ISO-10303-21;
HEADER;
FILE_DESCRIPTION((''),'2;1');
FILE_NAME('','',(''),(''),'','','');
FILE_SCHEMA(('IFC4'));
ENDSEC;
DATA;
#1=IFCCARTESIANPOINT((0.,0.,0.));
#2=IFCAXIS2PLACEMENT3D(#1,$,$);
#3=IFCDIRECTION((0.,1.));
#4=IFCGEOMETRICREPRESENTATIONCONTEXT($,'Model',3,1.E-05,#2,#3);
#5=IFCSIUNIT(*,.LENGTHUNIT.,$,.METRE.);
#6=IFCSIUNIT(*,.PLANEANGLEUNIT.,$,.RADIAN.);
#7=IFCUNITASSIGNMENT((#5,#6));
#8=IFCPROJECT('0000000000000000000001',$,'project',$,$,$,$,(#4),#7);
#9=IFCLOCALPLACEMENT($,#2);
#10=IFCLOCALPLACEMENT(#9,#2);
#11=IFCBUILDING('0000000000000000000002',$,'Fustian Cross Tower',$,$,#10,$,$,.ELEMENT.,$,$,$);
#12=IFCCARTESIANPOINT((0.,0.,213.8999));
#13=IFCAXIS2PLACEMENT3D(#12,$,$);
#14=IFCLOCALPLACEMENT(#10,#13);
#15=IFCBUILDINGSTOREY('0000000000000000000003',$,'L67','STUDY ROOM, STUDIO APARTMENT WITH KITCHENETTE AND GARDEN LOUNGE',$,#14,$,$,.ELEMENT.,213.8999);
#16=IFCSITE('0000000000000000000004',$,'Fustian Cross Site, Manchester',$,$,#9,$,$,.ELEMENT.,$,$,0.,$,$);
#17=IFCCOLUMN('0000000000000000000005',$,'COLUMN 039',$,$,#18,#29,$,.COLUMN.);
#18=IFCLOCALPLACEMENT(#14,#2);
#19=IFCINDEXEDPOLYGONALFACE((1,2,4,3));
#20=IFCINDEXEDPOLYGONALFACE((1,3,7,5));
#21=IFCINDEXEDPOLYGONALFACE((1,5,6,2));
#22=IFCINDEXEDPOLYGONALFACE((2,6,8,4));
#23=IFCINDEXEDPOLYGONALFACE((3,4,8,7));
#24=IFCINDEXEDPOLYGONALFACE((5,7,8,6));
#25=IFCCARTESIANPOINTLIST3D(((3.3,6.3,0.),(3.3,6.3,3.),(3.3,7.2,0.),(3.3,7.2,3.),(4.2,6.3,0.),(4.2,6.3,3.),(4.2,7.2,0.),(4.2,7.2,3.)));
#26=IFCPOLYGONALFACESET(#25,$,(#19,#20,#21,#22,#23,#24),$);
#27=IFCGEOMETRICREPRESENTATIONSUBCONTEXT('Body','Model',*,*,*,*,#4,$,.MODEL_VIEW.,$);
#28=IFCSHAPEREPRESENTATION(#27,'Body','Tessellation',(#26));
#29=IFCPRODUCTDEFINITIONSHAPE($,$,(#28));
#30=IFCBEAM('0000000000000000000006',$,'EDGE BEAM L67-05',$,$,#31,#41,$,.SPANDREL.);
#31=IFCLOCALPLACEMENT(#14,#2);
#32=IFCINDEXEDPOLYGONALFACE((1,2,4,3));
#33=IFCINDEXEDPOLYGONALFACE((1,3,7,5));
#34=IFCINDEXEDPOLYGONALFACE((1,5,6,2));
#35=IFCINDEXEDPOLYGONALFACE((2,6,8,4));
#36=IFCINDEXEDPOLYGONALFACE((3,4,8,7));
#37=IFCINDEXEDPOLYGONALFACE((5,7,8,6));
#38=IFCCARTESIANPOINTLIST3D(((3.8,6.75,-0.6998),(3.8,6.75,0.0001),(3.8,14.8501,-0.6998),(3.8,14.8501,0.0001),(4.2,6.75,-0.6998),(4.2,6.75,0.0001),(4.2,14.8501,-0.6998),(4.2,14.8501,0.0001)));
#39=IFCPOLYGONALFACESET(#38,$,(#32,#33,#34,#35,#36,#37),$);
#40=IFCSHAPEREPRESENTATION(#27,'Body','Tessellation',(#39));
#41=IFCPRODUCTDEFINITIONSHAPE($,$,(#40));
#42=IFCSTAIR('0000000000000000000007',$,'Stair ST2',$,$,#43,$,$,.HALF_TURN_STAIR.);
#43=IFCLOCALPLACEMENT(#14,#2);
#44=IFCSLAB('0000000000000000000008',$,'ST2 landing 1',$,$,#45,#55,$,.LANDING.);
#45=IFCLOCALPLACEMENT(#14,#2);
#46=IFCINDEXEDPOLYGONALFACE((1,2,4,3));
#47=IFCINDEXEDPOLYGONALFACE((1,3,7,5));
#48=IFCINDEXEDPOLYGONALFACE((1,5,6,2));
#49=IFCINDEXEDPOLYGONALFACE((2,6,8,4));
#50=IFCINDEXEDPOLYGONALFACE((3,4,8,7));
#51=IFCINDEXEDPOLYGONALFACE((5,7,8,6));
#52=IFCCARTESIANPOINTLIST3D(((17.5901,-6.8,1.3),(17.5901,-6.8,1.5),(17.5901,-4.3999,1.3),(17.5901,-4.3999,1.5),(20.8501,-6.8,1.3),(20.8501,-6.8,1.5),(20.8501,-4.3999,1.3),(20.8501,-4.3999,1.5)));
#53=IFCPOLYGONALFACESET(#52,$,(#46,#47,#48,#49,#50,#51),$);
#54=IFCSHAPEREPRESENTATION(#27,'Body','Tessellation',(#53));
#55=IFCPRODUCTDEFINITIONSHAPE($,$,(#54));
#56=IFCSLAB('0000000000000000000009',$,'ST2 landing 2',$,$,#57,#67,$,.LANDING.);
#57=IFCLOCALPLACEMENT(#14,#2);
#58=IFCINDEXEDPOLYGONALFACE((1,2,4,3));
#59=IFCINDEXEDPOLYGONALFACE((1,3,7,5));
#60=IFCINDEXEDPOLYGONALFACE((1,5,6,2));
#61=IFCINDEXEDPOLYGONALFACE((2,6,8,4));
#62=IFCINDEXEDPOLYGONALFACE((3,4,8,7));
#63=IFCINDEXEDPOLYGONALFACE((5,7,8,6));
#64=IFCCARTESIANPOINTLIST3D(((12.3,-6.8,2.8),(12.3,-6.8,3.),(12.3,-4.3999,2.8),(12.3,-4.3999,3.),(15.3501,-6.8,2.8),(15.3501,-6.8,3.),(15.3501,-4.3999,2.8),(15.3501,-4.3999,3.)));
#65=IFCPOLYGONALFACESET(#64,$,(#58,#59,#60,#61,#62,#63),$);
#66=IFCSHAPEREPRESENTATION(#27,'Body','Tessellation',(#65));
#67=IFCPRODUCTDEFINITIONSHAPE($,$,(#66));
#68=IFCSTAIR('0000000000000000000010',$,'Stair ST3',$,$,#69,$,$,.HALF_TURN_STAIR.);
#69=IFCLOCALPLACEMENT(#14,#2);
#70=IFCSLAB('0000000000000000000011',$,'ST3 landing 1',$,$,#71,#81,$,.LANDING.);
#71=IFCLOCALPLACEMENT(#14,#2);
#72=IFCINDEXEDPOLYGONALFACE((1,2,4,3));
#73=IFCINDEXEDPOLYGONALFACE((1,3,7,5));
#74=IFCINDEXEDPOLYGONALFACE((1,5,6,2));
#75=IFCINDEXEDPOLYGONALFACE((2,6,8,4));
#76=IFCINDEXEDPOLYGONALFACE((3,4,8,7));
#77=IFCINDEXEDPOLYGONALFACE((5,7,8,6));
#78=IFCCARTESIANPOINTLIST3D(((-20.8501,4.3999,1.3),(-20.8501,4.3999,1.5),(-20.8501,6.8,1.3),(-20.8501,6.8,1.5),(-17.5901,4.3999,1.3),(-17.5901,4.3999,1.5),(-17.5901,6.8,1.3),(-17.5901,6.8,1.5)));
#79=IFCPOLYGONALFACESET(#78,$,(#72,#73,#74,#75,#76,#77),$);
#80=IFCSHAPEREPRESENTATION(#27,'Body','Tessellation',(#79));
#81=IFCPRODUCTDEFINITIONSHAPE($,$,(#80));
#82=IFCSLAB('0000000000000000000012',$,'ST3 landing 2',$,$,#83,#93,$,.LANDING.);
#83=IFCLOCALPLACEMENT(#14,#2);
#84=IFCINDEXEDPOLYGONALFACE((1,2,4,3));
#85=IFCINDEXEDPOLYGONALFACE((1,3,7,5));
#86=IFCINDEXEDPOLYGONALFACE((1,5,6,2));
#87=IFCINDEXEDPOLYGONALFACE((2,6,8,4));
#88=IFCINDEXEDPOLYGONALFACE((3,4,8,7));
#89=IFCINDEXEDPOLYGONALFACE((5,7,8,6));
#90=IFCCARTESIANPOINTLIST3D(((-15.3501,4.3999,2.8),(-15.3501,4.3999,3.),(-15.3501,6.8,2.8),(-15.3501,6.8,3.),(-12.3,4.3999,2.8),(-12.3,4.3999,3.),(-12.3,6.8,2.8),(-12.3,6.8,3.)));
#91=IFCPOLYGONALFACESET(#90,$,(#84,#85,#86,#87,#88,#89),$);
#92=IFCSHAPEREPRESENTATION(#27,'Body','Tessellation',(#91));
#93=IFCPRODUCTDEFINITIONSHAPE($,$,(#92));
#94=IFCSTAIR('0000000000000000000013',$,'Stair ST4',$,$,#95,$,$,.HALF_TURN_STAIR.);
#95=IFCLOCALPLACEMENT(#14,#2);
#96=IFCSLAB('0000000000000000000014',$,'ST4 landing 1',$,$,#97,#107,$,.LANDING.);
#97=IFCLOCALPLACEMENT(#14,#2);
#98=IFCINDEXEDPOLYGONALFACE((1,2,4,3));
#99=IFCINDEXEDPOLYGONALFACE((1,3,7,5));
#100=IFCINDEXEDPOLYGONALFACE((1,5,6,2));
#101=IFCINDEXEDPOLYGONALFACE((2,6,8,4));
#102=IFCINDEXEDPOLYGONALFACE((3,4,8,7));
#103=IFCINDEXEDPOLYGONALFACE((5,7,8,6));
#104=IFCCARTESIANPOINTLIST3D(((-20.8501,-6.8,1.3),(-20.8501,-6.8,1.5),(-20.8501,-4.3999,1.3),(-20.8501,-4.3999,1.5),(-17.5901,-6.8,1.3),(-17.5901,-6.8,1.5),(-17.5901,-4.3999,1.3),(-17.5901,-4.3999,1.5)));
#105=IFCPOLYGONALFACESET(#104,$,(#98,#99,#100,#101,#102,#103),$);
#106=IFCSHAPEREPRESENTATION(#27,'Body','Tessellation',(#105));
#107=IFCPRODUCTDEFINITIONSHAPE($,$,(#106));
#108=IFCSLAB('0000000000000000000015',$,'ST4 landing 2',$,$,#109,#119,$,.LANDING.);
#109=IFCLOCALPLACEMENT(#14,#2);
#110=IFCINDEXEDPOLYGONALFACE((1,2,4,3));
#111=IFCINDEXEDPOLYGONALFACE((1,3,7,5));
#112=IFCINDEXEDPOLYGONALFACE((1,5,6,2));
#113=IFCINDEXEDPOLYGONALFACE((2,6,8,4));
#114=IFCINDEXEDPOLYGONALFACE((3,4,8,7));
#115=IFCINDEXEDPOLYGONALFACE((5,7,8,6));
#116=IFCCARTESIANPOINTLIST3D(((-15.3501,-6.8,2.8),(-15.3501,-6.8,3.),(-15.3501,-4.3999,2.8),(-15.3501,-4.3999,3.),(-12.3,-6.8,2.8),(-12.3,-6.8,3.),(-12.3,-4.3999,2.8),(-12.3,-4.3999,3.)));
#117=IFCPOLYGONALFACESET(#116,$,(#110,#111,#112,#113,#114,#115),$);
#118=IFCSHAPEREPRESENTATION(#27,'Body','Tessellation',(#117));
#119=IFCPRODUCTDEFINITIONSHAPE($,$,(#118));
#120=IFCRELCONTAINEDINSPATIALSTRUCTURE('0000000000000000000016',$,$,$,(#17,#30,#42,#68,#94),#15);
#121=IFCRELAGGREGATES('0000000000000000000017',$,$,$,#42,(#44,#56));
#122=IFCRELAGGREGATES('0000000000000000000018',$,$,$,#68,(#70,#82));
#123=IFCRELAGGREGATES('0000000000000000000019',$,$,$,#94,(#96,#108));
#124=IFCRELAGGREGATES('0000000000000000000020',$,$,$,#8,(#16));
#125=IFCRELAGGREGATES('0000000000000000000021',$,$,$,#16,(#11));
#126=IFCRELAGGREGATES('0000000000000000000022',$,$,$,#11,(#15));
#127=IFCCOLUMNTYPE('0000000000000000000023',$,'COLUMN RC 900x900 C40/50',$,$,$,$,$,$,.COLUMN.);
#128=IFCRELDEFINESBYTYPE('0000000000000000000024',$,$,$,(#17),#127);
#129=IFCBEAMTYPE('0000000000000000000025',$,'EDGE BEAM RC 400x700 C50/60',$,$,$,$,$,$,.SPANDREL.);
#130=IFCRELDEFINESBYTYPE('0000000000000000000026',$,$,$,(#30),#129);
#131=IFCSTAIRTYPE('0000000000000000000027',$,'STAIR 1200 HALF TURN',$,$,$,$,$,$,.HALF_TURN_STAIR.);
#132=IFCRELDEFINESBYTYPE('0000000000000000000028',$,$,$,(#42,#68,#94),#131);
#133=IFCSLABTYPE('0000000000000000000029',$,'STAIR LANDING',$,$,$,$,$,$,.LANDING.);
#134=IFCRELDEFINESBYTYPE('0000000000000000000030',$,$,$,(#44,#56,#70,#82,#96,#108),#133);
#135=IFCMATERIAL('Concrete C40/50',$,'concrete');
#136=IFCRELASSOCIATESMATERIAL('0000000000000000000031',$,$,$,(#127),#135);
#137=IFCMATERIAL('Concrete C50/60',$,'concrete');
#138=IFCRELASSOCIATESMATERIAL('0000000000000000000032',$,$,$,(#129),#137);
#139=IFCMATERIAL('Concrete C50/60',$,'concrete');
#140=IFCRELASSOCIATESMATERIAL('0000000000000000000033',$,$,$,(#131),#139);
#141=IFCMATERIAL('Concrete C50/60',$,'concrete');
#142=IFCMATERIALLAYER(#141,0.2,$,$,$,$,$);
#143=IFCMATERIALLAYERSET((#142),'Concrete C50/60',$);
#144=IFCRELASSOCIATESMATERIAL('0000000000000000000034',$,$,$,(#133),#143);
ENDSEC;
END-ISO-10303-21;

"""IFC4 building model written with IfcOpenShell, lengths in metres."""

from ifc_helpers import new_model, si_unit, direction, frame, origin, origin_2d, place, context, subcontext, project, spatial, polyline, rectangle, outline, extrude, material, layer, layer_set, material_profile, profile_set, type_object, element, aggregate, save


model = new_model("IFC4")

# Units and contexts
model_context = context("Model", 3, precision=1e-05, world=origin(), true_north=direction((0.0, 1.0)))
body_context = subcontext(model_context, "Body", "Model", "MODEL_VIEW")
ifc_project = project(units=[si_unit("LENGTHUNIT", "METRE"), si_unit("PLANEANGLEUNIT", "RADIAN")], contexts=[model_context])

# Site, building, storey
site_placement = place(None, origin())
site = spatial("IfcSite", under=ifc_project, at=site_placement, Name="Fustian Cross Site, Manchester", CompositionType="ELEMENT", RefElevation=0.0)
building_placement = place(site_placement, origin())
building = spatial("IfcBuilding", under=site, at=building_placement, Name="Fustian Cross Tower", CompositionType="ELEMENT")
storey_placement = place(building_placement, frame((0.0, 0.0, 213.8999)))
storey = spatial("IfcBuildingStorey", under=building, at=storey_placement, Name="L67", Description="STUDY ROOM, STUDIO APARTMENT WITH KITCHENETTE AND GARDEN LOUNGE", CompositionType="ELEMENT", Elevation=213.8999)

# Column
ifc_material_1 = material(Name="Concrete C40/50", Category="concrete")
ifc_material_profile_1 = material_profile(ifc_material_1, rectangle(XDim=0.8999, YDim=0.8999, at=origin_2d()), Name="RC 900x900")
ifc_profile_set_1 = profile_set([ifc_material_profile_1], Name="Concrete C40/50")
column_type = type_object("IfcColumnType", Name="COLUMN RC 900x900 C40/50", PredefinedType="COLUMN", material=ifc_profile_set_1)
column_placement = place(storey_placement, frame((3.75, 6.75, 0.0), z_axis=(0.0, 0.0, 1.0), x_axis=(1.0, 0.0, 0.0)))
element("IfcColumn", 1, at=column_placement, inside=storey, type_object=column_type, Name="COLUMN 039", PredefinedType="COLUMN", context=body_context, shape_type="SweptSolid", body=[
    extrude(rectangle(XDim=0.8999, YDim=0.8999, at=origin_2d()), origin(), (0.0, 0.0, 1.0), 3.0),
])

# Beam
ifc_material_2 = material(Name="Concrete C50/60", Category="concrete")
ifc_material_profile_2 = material_profile(ifc_material_2, rectangle(XDim=0.3999, YDim=0.7, at=origin_2d()), Name="RC 400x700")
ifc_profile_set_2 = profile_set([ifc_material_profile_2], Name="Concrete C50/60")
beam_type = type_object("IfcBeamType", Name="EDGE BEAM RC 400x700 C50/60", PredefinedType="SPANDREL", material=ifc_profile_set_2)
beam_placement = place(storey_placement, frame((4.0, 6.75, -0.3499), z_axis=(0.0, 1.0, 0.0), x_axis=(-1.0, 0.0, 0.0)))
element("IfcBeam", 2, at=beam_placement, inside=storey, type_object=beam_type, Name="EDGE BEAM L67-05", PredefinedType="SPANDREL", context=body_context, shape_type="SweptSolid", body=[
    extrude(rectangle(XDim=0.3999, YDim=0.7, at=origin_2d()), origin(), (0.0, 0.0, 1.0), 8.1001),
])

# Stairs, slabs
ifc_material_3 = material(Name="Concrete C50/60", Category="concrete")
stair_type = type_object("IfcStairType", Name="STAIR 1200 HALF TURN", PredefinedType="HALF_TURN_STAIR", material=ifc_material_3)
stair_1_placement = place(storey_placement, origin())
stair_1 = element("IfcStair", 3, at=stair_1_placement, inside=storey, type_object=stair_type, Name="Stair ST2", PredefinedType="HALF_TURN_STAIR")
ifc_material_4 = material(Name="Concrete C50/60", Category="concrete")
ifc_layer_1 = layer(ifc_material_4, 0.2)
ifc_layer_set_1 = layer_set([ifc_layer_1], Name="Concrete C50/60")
slab_type = type_object("IfcSlabType", Name="STAIR LANDING", PredefinedType="LANDING", material=ifc_layer_set_1)
slab_1_placement = place(storey_placement, frame((0.0, 0.0, 1.3)))
slab_1 = element("IfcSlab", 4, at=slab_1_placement, type_object=slab_type, Name="ST2 landing 1", PredefinedType="LANDING", context=body_context, shape_type="SweptSolid", body=[
    extrude(outline(polyline([(17.5901, -4.3999), (20.8501, -4.3999), (20.8501, -6.8), (17.5901, -6.8), (17.5901, -4.3999)])), origin(), (0.0, 0.0, 1.0), 0.2),
])
slab_2_placement = place(storey_placement, frame((0.0, 0.0, 2.8)))
slab_2 = element("IfcSlab", 5, at=slab_2_placement, type_object=slab_type, Name="ST2 landing 2", PredefinedType="LANDING", context=body_context, shape_type="SweptSolid", body=[
    extrude(outline(polyline([(12.3, -4.3999), (15.3501, -4.3999), (15.3501, -6.8), (12.3, -6.8), (12.3, -4.3999)])), origin(), (0.0, 0.0, 1.0), 0.2),
])
aggregate(stair_1, [slab_1, slab_2])
stair_2_placement = place(storey_placement, origin())
stair_2 = element("IfcStair", 6, at=stair_2_placement, inside=storey, type_object=stair_type, Name="Stair ST3", PredefinedType="HALF_TURN_STAIR")
slab_3_placement = place(storey_placement, frame((0.0, 0.0, 1.3)))
slab_3 = element("IfcSlab", 7, at=slab_3_placement, type_object=slab_type, Name="ST3 landing 1", PredefinedType="LANDING", context=body_context, shape_type="SweptSolid", body=[
    extrude(outline(polyline([(-17.5901, 4.3999), (-20.8501, 4.3999), (-20.8501, 6.8), (-17.5901, 6.8), (-17.5901, 4.3999)])), origin(), (0.0, 0.0, 1.0), 0.2),
])
slab_4_placement = place(storey_placement, frame((0.0, 0.0, 2.8)))
slab_4 = element("IfcSlab", 8, at=slab_4_placement, type_object=slab_type, Name="ST3 landing 2", PredefinedType="LANDING", context=body_context, shape_type="SweptSolid", body=[
    extrude(outline(polyline([(-12.3, 4.3999), (-15.3501, 4.3999), (-15.3501, 6.8), (-12.3, 6.8), (-12.3, 4.3999)])), origin(), (0.0, 0.0, 1.0), 0.2),
])
aggregate(stair_2, [slab_3, slab_4])
stair_3_placement = place(storey_placement, origin())
stair_3 = element("IfcStair", 9, at=stair_3_placement, inside=storey, type_object=stair_type, Name="Stair ST4", PredefinedType="HALF_TURN_STAIR")
slab_5_placement = place(storey_placement, frame((0.0, 0.0, 1.3)))
slab_5 = element("IfcSlab", 10, at=slab_5_placement, type_object=slab_type, Name="ST4 landing 1", PredefinedType="LANDING", context=body_context, shape_type="SweptSolid", body=[
    extrude(outline(polyline([(-17.5901, -4.3999), (-20.8501, -4.3999), (-20.8501, -6.8), (-17.5901, -6.8), (-17.5901, -4.3999)])), origin(), (0.0, 0.0, 1.0), 0.2),
])
slab_6_placement = place(storey_placement, frame((0.0, 0.0, 2.8)))
slab_6 = element("IfcSlab", 11, at=slab_6_placement, type_object=slab_type, Name="ST4 landing 2", PredefinedType="LANDING", context=body_context, shape_type="SweptSolid", body=[
    extrude(outline(polyline([(-12.3, -4.3999), (-15.3501, -4.3999), (-15.3501, -6.8), (-12.3, -6.8), (-12.3, -4.3999)])), origin(), (0.0, 0.0, 1.0), 0.2),
])
aggregate(stair_3, [slab_5, slab_6])

save(model, "model.ifc")
